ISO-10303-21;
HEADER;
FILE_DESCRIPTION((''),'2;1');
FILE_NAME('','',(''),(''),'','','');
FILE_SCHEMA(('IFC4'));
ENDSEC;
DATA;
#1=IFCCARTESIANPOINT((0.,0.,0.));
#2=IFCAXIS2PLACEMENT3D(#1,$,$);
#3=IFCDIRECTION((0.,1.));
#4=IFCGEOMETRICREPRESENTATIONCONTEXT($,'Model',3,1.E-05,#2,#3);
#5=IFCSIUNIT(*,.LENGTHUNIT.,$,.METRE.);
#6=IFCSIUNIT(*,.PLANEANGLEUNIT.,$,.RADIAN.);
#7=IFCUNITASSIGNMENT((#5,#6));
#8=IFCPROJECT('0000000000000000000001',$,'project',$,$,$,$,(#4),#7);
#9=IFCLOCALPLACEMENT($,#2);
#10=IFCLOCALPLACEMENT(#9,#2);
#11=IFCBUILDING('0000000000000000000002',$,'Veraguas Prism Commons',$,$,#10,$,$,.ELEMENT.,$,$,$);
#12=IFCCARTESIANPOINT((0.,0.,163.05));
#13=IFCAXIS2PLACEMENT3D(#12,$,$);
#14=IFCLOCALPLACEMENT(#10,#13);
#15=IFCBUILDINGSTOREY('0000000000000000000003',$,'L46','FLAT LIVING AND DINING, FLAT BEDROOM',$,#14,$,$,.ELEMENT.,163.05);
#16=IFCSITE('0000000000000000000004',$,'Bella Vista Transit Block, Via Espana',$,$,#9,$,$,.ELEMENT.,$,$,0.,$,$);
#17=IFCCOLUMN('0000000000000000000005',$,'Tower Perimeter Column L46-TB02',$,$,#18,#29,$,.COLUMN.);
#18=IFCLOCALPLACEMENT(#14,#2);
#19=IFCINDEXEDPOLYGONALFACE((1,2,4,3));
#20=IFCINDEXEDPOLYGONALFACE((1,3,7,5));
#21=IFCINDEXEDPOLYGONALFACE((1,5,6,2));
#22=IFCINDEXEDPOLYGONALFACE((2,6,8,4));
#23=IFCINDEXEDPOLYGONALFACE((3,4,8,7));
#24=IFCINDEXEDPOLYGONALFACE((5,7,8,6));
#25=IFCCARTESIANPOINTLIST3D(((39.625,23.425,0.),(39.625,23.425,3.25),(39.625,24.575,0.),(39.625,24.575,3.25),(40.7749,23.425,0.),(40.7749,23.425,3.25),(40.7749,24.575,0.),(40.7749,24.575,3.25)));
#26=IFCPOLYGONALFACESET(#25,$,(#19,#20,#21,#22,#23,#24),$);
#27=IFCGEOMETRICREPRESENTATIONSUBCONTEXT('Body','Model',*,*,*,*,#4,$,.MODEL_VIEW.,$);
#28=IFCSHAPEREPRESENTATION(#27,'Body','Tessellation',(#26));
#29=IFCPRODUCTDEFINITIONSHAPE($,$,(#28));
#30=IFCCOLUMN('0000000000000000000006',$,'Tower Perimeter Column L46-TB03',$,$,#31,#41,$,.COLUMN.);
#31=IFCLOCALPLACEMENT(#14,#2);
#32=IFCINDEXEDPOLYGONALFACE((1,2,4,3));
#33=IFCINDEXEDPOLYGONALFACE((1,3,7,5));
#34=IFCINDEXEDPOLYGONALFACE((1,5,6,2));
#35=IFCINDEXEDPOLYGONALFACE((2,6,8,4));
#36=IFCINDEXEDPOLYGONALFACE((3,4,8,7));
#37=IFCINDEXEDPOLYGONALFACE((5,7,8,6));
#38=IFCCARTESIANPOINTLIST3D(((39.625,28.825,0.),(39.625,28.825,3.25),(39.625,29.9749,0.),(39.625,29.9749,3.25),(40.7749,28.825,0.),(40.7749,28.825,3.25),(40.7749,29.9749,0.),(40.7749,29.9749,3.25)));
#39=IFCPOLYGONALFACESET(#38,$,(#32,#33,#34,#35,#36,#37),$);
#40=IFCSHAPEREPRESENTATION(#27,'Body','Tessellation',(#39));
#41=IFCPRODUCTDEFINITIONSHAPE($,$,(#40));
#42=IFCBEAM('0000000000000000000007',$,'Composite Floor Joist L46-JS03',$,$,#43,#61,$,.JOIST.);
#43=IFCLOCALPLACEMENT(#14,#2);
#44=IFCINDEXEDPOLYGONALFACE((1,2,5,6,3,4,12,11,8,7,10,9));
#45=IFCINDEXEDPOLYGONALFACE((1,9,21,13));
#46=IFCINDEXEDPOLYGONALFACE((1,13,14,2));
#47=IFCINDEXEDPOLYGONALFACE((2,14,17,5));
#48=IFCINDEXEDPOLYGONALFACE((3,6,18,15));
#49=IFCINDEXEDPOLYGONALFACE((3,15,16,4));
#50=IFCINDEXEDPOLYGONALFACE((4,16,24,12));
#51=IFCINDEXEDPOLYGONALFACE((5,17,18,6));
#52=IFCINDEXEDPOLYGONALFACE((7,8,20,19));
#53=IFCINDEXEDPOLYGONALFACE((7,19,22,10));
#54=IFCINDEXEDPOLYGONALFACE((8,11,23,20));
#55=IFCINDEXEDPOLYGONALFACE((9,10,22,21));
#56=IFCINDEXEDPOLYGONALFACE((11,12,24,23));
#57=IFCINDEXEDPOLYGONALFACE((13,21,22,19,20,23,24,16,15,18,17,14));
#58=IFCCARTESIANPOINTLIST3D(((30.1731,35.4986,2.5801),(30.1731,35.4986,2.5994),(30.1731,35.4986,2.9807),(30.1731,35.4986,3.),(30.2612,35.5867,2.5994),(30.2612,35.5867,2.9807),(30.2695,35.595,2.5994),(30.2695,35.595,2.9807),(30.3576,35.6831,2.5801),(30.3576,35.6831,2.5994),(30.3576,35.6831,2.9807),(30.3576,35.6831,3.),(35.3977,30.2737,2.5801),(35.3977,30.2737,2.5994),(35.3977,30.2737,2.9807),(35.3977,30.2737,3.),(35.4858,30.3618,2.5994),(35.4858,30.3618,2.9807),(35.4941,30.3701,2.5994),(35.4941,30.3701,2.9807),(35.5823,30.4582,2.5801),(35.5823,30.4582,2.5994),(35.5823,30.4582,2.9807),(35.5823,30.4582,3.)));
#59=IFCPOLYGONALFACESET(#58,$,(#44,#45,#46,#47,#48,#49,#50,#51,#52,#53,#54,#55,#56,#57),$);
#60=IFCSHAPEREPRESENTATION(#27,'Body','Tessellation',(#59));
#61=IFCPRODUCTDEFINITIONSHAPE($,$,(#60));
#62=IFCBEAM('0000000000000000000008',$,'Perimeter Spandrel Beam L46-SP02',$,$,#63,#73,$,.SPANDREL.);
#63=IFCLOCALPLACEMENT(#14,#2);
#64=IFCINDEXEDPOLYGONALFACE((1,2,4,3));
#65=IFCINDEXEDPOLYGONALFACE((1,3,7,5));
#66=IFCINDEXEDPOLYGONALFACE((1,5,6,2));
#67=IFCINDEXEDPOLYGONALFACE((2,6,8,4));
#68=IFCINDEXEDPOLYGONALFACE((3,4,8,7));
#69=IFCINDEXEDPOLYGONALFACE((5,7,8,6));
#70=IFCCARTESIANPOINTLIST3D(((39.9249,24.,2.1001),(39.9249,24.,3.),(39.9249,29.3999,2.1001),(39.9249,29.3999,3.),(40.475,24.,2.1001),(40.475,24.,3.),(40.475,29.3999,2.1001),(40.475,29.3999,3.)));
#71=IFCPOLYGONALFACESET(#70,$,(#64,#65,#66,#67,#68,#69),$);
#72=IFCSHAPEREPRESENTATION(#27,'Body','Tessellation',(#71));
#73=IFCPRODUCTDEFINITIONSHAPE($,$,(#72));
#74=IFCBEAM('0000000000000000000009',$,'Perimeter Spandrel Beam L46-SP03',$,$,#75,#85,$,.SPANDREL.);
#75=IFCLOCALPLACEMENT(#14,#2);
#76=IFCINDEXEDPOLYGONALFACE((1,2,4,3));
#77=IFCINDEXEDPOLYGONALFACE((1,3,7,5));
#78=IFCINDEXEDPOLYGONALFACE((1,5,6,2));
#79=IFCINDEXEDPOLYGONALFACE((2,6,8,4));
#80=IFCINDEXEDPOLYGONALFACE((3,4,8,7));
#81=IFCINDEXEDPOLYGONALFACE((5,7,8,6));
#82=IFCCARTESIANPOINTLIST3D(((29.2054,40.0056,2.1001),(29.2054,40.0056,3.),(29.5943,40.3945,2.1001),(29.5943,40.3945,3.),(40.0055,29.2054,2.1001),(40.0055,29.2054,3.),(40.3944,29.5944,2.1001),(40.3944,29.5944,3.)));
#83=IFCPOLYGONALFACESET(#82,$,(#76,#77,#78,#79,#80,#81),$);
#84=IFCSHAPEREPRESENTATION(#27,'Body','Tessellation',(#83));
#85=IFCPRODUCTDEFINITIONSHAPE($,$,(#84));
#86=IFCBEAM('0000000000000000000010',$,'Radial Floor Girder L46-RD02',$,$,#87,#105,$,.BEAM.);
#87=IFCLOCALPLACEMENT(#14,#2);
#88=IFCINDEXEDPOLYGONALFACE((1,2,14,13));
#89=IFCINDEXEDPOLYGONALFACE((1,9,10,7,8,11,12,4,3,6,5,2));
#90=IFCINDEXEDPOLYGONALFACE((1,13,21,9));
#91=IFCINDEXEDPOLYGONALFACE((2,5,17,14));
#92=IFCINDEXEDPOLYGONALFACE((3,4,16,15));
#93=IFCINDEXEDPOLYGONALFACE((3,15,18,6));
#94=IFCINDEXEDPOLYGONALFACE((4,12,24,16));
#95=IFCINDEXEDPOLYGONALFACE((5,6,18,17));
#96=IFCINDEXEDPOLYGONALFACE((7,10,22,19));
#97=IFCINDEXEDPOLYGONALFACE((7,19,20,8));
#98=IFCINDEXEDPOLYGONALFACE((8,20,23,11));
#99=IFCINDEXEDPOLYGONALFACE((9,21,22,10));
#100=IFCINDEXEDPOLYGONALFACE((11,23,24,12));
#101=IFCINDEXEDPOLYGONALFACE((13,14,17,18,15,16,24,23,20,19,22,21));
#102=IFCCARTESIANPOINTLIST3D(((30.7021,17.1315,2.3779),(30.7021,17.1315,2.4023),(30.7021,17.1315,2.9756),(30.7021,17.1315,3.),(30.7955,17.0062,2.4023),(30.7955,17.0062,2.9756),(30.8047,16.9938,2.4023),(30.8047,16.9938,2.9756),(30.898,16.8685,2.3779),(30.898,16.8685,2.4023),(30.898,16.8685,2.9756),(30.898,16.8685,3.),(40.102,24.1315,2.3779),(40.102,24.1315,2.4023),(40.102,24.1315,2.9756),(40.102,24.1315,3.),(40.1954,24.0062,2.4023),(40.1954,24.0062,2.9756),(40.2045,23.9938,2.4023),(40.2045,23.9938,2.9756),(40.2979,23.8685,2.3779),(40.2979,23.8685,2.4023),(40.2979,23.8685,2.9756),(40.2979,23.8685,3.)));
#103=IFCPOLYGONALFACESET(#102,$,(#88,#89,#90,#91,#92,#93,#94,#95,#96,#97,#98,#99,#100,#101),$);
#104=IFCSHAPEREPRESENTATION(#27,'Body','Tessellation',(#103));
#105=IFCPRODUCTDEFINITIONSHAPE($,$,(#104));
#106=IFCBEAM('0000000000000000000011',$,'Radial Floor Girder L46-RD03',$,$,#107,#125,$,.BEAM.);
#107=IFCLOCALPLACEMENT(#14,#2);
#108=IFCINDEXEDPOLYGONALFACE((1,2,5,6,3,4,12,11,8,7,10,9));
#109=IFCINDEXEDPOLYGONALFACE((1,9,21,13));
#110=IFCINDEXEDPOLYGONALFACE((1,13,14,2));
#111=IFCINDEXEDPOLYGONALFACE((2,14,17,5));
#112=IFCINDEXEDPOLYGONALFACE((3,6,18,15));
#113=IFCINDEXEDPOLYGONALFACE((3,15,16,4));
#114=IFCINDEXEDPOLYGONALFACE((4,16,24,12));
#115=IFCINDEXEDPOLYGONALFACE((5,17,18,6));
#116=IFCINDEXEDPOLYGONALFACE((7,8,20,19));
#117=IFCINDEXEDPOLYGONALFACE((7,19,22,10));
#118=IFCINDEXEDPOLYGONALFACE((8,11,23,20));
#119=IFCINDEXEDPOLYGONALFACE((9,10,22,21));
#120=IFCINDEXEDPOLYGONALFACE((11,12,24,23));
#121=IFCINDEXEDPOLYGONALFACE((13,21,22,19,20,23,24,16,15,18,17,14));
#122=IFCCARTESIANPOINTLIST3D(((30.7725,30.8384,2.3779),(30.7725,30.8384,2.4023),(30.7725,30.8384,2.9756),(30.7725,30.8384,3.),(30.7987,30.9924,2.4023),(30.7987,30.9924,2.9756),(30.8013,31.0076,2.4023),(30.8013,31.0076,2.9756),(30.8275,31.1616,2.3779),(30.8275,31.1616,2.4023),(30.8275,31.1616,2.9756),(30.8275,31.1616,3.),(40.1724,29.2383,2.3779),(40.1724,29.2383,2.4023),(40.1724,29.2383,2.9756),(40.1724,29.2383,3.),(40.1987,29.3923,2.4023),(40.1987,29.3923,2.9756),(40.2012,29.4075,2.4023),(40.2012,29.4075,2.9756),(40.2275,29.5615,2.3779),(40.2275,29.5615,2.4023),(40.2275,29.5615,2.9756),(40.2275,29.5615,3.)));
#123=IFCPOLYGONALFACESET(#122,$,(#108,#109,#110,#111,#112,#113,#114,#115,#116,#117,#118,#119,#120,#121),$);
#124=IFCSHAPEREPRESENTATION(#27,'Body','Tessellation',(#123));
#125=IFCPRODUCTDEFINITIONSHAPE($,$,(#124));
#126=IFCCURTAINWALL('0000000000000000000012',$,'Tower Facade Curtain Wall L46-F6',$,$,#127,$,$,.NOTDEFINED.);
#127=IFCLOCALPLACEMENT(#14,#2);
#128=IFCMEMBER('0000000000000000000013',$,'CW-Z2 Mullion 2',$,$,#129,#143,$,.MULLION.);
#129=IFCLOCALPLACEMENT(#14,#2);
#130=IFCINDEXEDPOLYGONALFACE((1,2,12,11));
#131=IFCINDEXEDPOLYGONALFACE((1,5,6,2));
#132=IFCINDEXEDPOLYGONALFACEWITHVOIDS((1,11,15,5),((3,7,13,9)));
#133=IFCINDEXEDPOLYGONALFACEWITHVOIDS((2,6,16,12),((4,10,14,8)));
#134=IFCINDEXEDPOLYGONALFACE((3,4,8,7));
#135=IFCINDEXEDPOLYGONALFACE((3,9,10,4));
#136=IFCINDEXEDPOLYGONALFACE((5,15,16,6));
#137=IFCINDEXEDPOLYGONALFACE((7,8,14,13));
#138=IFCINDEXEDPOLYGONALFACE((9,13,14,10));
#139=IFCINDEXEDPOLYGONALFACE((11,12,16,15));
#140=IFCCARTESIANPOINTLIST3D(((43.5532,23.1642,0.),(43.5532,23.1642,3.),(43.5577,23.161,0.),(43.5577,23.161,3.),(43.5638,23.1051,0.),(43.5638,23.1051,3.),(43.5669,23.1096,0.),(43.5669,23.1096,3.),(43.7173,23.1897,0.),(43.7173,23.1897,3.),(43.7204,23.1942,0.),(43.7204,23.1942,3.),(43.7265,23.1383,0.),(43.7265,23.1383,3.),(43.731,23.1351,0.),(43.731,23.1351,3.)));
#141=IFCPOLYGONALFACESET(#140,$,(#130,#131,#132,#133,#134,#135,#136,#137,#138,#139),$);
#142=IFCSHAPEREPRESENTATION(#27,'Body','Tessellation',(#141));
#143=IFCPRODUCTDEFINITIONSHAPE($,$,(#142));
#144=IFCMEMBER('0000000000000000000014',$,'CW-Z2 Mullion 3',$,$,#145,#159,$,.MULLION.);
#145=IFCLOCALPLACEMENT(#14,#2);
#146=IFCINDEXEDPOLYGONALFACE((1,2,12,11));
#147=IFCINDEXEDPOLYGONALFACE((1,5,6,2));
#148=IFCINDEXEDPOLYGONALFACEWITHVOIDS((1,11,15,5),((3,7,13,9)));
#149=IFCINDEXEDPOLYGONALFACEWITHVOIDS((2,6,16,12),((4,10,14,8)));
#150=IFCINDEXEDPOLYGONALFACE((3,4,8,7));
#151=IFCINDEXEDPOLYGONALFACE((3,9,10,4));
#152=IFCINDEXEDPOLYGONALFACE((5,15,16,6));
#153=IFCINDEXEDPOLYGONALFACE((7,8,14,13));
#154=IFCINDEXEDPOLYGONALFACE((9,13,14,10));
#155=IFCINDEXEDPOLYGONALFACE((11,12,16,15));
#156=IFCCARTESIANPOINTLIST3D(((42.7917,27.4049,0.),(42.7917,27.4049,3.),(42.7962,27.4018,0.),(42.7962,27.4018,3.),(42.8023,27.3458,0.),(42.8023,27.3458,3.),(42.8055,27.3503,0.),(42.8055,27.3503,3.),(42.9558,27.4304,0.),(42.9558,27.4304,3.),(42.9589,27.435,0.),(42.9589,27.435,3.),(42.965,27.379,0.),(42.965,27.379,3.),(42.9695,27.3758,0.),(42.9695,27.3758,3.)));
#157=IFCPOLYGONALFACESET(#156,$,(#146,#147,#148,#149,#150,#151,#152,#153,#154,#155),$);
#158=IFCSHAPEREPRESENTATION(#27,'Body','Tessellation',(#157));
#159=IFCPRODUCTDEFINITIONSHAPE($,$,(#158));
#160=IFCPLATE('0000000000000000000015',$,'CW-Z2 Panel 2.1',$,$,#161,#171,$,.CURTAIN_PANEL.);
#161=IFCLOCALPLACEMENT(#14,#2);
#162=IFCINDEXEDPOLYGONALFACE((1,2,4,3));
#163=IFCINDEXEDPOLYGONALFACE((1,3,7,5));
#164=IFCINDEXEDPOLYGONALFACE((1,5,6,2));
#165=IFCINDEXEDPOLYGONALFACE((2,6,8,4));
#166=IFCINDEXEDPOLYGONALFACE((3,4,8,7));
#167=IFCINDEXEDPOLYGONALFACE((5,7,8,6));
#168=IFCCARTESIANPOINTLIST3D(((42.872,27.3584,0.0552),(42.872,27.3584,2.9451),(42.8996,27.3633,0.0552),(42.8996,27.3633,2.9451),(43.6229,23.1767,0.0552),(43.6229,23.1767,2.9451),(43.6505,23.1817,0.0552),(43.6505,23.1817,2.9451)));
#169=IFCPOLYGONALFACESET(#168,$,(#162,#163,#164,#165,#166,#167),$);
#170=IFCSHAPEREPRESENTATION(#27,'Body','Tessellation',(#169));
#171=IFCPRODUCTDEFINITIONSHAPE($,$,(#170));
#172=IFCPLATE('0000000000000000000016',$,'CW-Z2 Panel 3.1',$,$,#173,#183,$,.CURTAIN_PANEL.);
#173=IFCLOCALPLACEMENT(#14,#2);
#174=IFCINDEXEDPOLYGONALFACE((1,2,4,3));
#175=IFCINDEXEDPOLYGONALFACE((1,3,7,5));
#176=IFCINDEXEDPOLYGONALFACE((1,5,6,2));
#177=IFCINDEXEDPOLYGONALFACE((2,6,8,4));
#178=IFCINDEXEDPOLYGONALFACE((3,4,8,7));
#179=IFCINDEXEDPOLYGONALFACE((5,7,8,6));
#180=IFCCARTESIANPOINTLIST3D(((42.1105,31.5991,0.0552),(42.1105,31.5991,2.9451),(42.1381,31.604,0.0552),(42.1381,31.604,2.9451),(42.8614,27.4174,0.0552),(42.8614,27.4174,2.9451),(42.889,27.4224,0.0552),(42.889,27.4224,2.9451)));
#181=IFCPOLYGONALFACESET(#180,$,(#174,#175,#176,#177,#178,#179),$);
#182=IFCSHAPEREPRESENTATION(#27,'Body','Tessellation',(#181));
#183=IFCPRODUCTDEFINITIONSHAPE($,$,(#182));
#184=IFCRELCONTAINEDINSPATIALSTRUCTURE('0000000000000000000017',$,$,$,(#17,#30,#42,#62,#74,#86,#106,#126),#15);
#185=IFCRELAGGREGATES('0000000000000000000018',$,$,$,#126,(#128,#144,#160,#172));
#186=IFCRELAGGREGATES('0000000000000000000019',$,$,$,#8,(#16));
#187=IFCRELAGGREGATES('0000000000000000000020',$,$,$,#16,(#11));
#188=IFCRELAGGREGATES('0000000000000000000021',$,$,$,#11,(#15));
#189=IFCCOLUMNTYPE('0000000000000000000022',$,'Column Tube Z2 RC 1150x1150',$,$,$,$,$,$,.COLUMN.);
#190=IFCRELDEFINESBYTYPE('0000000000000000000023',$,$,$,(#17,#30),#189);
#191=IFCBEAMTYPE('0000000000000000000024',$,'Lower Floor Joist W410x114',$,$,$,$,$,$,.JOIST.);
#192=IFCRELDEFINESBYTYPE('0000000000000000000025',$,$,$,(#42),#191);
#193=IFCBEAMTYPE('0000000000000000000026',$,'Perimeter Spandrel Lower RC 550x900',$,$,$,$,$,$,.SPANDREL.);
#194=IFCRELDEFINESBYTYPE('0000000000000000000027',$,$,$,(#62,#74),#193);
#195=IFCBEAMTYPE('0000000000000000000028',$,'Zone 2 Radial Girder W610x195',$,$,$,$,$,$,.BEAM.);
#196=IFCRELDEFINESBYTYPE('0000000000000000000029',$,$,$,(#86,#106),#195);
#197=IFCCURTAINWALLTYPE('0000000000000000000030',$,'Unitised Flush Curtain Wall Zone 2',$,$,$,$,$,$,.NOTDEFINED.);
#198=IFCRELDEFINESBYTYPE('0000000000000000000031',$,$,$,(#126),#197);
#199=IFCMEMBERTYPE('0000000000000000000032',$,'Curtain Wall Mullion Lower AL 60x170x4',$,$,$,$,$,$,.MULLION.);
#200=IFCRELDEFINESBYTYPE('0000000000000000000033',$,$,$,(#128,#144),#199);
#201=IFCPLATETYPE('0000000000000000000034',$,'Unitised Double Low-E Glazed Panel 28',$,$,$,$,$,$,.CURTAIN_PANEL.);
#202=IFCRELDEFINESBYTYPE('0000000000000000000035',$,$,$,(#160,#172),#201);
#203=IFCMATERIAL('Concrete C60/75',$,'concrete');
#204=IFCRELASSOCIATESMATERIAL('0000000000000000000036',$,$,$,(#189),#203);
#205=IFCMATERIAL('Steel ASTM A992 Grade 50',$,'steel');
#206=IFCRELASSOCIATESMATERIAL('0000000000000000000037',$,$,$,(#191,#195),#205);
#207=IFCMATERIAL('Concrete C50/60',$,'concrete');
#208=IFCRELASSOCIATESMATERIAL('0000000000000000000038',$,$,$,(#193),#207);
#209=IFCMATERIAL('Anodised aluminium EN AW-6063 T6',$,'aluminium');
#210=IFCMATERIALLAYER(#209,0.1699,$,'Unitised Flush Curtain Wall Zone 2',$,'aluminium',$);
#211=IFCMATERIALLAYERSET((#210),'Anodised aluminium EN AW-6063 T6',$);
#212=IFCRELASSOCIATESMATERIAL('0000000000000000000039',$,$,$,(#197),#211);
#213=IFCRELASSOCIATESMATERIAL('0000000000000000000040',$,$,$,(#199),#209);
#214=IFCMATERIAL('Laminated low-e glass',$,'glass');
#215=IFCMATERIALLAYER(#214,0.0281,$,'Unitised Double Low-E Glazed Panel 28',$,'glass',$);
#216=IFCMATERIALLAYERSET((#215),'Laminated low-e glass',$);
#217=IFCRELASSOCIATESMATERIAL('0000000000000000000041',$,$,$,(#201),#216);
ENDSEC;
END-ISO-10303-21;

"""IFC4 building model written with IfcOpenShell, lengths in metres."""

from ifc_helpers import new_model, si_unit, direction, frame, origin, origin_2d, place, context, subcontext, project, spatial, rectangle, hollow_rectangle, i_section, extrude, source, transform, mapped, material, layer, layer_set, material_profile, profile_set, type_object, element, aggregate, save


model = new_model("IFC4")

# Units and contexts
model_context = context("Model", 3, precision=1e-05, world=origin(), true_north=direction((0.0, 1.0)))
body_context = subcontext(model_context, "Body", "Model", "MODEL_VIEW")
ifc_project = project(units=[si_unit("LENGTHUNIT", "METRE"), si_unit("PLANEANGLEUNIT", "RADIAN")], contexts=[model_context])

# Site, building, storey
site_placement = place(None, origin())
site = spatial("IfcSite", under=ifc_project, at=site_placement, Name="Bella Vista Transit Block, Via Espana", CompositionType="ELEMENT", RefElevation=0.0)
building_placement = place(site_placement, origin())
building = spatial("IfcBuilding", under=site, at=building_placement, Name="Veraguas Prism Commons", CompositionType="ELEMENT")
storey_placement = place(building_placement, frame((0.0, 0.0, 163.05)))
storey = spatial("IfcBuildingStorey", under=building, at=storey_placement, Name="L46", Description="FLAT LIVING AND DINING, FLAT BEDROOM", CompositionType="ELEMENT", Elevation=163.05)

# Columns
ifc_material_1 = material(Name="Concrete C60/75", Category="concrete")
ifc_material_profile_1 = material_profile(ifc_material_1, rectangle(XDim=1.1499, YDim=1.1499, at=origin_2d()), Name="RC1150X1150")
ifc_profile_set_1 = profile_set([ifc_material_profile_1], Name="Concrete C60/75")
column_type = type_object("IfcColumnType", Name="Column Tube Z2 RC 1150x1150", PredefinedType="COLUMN", material=ifc_profile_set_1)
for number, where, z_axis, x_axis, name in (
    (1, (40.2, 24.0, 0.0), (0.0, 0.0, 1.0), (1.0, 0.0, 0.0), "Tower Perimeter Column L46-TB02"),
    (2, (40.2, 29.3999, 0.0), (0.0, 0.0, 1.0), (1.0, 0.0, 0.0), "Tower Perimeter Column L46-TB03"),
):
    element("IfcColumn", number, at=place(storey_placement, frame(where, z_axis=z_axis, x_axis=x_axis)), inside=storey, type_object=column_type, Name=name, PredefinedType="COLUMN", context=body_context, shape_type="SweptSolid", body=[
        extrude(rectangle(XDim=1.1499, YDim=1.1499, at=origin_2d()), origin(), (0.0, 0.0, 1.0), 3.25),
    ])

# Beams
ifc_material_2 = material(Name="Steel ASTM A992 Grade 50", Category="steel")
ifc_material_profile_2 = material_profile(ifc_material_2, i_section(OverallWidth=0.261, OverallDepth=0.4199, WebThickness=0.0117, FlangeThickness=0.0193, at=origin_2d()), Name="W410X114")
ifc_profile_set_2 = profile_set([ifc_material_profile_2], Name="Steel ASTM A992 Grade 50")
beam_type_1 = type_object("IfcBeamType", Name="Lower Floor Joist W410x114", PredefinedType="JOIST", material=ifc_profile_set_2)
beam_1_placement = place(storey_placement, frame((35.49, 30.366, 2.79), z_axis=(-0.70709, 0.707123, 0.0), x_axis=(-0.707123, -0.70709, 0.0)))
element("IfcBeam", 3, at=beam_1_placement, inside=storey, type_object=beam_type_1, Name="Composite Floor Joist L46-JS03", PredefinedType="JOIST", context=body_context, shape_type="SweptSolid", body=[
    extrude(i_section(OverallWidth=0.261, OverallDepth=0.4199, WebThickness=0.0117, FlangeThickness=0.0193, at=origin_2d()), origin(), (0.0, 0.0, 1.0), 7.3889),
])
ifc_material_3 = material(Name="Concrete C50/60", Category="concrete")
ifc_material_profile_3 = material_profile(ifc_material_3, rectangle(XDim=0.55, YDim=0.8999, at=origin_2d()), Name="RC550X900")
ifc_profile_set_3 = profile_set([ifc_material_profile_3], Name="Concrete C50/60")
beam_type_2 = type_object("IfcBeamType", Name="Perimeter Spandrel Lower RC 550x900", PredefinedType="SPANDREL", material=ifc_profile_set_3)
beam_2_placement = place(storey_placement, frame((40.2, 24.0, 2.55), z_axis=(0.0, 1.0, 0.0), x_axis=(-1.0, 0.0, 0.0)))
element("IfcBeam", 4, at=beam_2_placement, inside=storey, type_object=beam_type_2, Name="Perimeter Spandrel Beam L46-SP02", PredefinedType="SPANDREL", context=body_context, shape_type="SweptSolid", body=[
    extrude(rectangle(XDim=0.55, YDim=0.8999, at=origin_2d()), origin(), (0.0, 0.0, 1.0), 5.3999),
])
beam_3_placement = place(storey_placement, frame((40.2, 29.3999, 2.55), z_axis=(-0.707107, 0.707107, 0.0), x_axis=(-0.707107, -0.707107, 0.0)))
element("IfcBeam", 5, at=beam_3_placement, inside=storey, type_object=beam_type_2, Name="Perimeter Spandrel Beam L46-SP03", PredefinedType="SPANDREL", context=body_context, shape_type="SweptSolid", body=[
    extrude(rectangle(XDim=0.55, YDim=0.8999, at=origin_2d()), origin(), (0.0, 0.0, 1.0), 15.2737),
])
ifc_material_profile_4 = material_profile(ifc_material_2, i_section(OverallWidth=0.3279, OverallDepth=0.6221, WebThickness=0.0154, FlangeThickness=0.0244, at=origin_2d()), Name="W610X195")
ifc_profile_set_4 = profile_set([ifc_material_profile_4], Name="Steel ASTM A992 Grade 50")
beam_type_3 = type_object("IfcBeamType", Name="Zone 2 Radial Girder W610x195", PredefinedType="BEAM", material=ifc_profile_set_4)
beam_4_placement = place(storey_placement, frame((40.2, 24.0, 2.689), z_axis=(-0.80204, -0.59727, 0.0), x_axis=(0.59727, -0.80204, 0.0)))
element("IfcBeam", 6, at=beam_4_placement, inside=storey, type_object=beam_type_3, Name="Radial Floor Girder L46-RD02", PredefinedType="BEAM", context=body_context, shape_type="SweptSolid", body=[
    extrude(i_section(OverallWidth=0.3279, OverallDepth=0.6221, WebThickness=0.0154, FlangeThickness=0.0244, at=origin_2d()), origin(), (0.0, 0.0, 1.0), 11.72),
])
beam_5_placement = place(storey_placement, frame((40.2, 29.3999, 2.689), z_axis=(-0.985819, 0.167811, 0.0), x_axis=(-0.167811, -0.985819, 0.0)))
element("IfcBeam", 7, at=beam_5_placement, inside=storey, type_object=beam_type_3, Name="Radial Floor Girder L46-RD03", PredefinedType="BEAM", context=body_context, shape_type="SweptSolid", body=[
    extrude(i_section(OverallWidth=0.3279, OverallDepth=0.6221, WebThickness=0.0154, FlangeThickness=0.0244, at=origin_2d()), origin(), (0.0, 0.0, 1.0), 9.5352),
])

# Curtain wall, members, plates
ifc_material_4 = material(Name="Anodised aluminium EN AW-6063 T6", Category="aluminium")
ifc_layer_1 = layer(ifc_material_4, 0.1699, Name="Unitised Flush Curtain Wall Zone 2", Category="aluminium")
ifc_layer_set_1 = layer_set([ifc_layer_1], Name="Anodised aluminium EN AW-6063 T6")
curtain_wall_type = type_object("IfcCurtainWallType", Name="Unitised Flush Curtain Wall Zone 2", PredefinedType="NOTDEFINED", material=ifc_layer_set_1)
curtain_wall_placement = place(storey_placement, origin())
curtain_wall = element("IfcCurtainWall", 8, at=curtain_wall_placement, inside=storey, type_object=curtain_wall_type, Name="Tower Facade Curtain Wall L46-F6", PredefinedType="NOTDEFINED")
ifc_material_profile_5 = material_profile(ifc_material_4, hollow_rectangle(XDim=0.0601, YDim=0.1699, WallThickness=0.0039, at=origin_2d()), Name="AL60X170X4")
ifc_profile_set_5 = profile_set([ifc_material_profile_5], Name="Anodised aluminium EN AW-6063 T6")
member_type = type_object("IfcMemberType", Name="Curtain Wall Mullion Lower AL 60x170x4", PredefinedType="MULLION", material=ifc_profile_set_5)
shared_shape_1 = source(origin(), body_context, "Body", "SweptSolid", [
    extrude(hollow_rectangle(XDim=0.0601, YDim=0.1699, WallThickness=0.0039, at=origin_2d()), origin(), (0.0, 0.0, 1.0), 3.0),
])
member_1_placement = place(storey_placement, frame((43.6421, 23.1497, 0.0), z_axis=(0.0, 0.0, 1.0), x_axis=(-0.176741, 0.984257, 0.0)))
member_1 = element("IfcMember", 9, at=member_1_placement, type_object=member_type, Name="CW-Z2 Mullion 2", PredefinedType="MULLION", context=body_context, shape_type="MappedRepresentation", body=[
    mapped(shared_shape_1, transform((0.0, 0.0, 0.0), scale=1.0)),
])
member_2_placement = place(storey_placement, frame((42.8806, 27.3904, 0.0), z_axis=(0.0, 0.0, 1.0), x_axis=(-0.176741, 0.984257, 0.0)))
member_2 = element("IfcMember", 10, at=member_2_placement, type_object=member_type, Name="CW-Z2 Mullion 3", PredefinedType="MULLION", context=body_context, shape_type="MappedRepresentation", body=[
    mapped(shared_shape_1, transform((0.0, 0.0, 0.0), scale=1.0)),
])
ifc_material_5 = material(Name="Laminated low-e glass", Category="glass")
ifc_layer_2 = layer(ifc_material_5, 0.0281, Name="Unitised Double Low-E Glazed Panel 28", Category="glass")
ifc_layer_set_2 = layer_set([ifc_layer_2], Name="Laminated low-e glass")
plate_type = type_object("IfcPlateType", Name="Unitised Double Low-E Glazed Panel 28", PredefinedType="CURTAIN_PANEL", material=ifc_layer_set_2)
shared_shape_2 = source(origin(), body_context, "Body", "SweptSolid", [
    extrude(rectangle(XDim=4.2485, YDim=0.0281, at=origin_2d()), origin(), (0.0, 0.0, 1.0), 2.8899),
])
plate_1_placement = place(storey_placement, frame((43.2612, 25.27, 0.0552), z_axis=(0.0, 0.0, 1.0), x_axis=(-0.176741, 0.984257, 0.0)))
plate_1 = element("IfcPlate", 11, at=plate_1_placement, type_object=plate_type, Name="CW-Z2 Panel 2.1", PredefinedType="CURTAIN_PANEL", context=body_context, shape_type="MappedRepresentation", body=[
    mapped(shared_shape_2, transform((0.0, 0.0, 0.0), scale=1.0)),
])
plate_2_placement = place(storey_placement, frame((42.4998, 29.5107, 0.0552), z_axis=(0.0, 0.0, 1.0), x_axis=(-0.176741, 0.984257, 0.0)))
plate_2 = element("IfcPlate", 12, at=plate_2_placement, type_object=plate_type, Name="CW-Z2 Panel 3.1", PredefinedType="CURTAIN_PANEL", context=body_context, shape_type="MappedRepresentation", body=[
    mapped(shared_shape_2, transform((0.0, 0.0, 0.0), scale=1.0)),
])
aggregate(curtain_wall, [member_1, member_2, plate_1, plate_2])

save(model, "model.ifc")
